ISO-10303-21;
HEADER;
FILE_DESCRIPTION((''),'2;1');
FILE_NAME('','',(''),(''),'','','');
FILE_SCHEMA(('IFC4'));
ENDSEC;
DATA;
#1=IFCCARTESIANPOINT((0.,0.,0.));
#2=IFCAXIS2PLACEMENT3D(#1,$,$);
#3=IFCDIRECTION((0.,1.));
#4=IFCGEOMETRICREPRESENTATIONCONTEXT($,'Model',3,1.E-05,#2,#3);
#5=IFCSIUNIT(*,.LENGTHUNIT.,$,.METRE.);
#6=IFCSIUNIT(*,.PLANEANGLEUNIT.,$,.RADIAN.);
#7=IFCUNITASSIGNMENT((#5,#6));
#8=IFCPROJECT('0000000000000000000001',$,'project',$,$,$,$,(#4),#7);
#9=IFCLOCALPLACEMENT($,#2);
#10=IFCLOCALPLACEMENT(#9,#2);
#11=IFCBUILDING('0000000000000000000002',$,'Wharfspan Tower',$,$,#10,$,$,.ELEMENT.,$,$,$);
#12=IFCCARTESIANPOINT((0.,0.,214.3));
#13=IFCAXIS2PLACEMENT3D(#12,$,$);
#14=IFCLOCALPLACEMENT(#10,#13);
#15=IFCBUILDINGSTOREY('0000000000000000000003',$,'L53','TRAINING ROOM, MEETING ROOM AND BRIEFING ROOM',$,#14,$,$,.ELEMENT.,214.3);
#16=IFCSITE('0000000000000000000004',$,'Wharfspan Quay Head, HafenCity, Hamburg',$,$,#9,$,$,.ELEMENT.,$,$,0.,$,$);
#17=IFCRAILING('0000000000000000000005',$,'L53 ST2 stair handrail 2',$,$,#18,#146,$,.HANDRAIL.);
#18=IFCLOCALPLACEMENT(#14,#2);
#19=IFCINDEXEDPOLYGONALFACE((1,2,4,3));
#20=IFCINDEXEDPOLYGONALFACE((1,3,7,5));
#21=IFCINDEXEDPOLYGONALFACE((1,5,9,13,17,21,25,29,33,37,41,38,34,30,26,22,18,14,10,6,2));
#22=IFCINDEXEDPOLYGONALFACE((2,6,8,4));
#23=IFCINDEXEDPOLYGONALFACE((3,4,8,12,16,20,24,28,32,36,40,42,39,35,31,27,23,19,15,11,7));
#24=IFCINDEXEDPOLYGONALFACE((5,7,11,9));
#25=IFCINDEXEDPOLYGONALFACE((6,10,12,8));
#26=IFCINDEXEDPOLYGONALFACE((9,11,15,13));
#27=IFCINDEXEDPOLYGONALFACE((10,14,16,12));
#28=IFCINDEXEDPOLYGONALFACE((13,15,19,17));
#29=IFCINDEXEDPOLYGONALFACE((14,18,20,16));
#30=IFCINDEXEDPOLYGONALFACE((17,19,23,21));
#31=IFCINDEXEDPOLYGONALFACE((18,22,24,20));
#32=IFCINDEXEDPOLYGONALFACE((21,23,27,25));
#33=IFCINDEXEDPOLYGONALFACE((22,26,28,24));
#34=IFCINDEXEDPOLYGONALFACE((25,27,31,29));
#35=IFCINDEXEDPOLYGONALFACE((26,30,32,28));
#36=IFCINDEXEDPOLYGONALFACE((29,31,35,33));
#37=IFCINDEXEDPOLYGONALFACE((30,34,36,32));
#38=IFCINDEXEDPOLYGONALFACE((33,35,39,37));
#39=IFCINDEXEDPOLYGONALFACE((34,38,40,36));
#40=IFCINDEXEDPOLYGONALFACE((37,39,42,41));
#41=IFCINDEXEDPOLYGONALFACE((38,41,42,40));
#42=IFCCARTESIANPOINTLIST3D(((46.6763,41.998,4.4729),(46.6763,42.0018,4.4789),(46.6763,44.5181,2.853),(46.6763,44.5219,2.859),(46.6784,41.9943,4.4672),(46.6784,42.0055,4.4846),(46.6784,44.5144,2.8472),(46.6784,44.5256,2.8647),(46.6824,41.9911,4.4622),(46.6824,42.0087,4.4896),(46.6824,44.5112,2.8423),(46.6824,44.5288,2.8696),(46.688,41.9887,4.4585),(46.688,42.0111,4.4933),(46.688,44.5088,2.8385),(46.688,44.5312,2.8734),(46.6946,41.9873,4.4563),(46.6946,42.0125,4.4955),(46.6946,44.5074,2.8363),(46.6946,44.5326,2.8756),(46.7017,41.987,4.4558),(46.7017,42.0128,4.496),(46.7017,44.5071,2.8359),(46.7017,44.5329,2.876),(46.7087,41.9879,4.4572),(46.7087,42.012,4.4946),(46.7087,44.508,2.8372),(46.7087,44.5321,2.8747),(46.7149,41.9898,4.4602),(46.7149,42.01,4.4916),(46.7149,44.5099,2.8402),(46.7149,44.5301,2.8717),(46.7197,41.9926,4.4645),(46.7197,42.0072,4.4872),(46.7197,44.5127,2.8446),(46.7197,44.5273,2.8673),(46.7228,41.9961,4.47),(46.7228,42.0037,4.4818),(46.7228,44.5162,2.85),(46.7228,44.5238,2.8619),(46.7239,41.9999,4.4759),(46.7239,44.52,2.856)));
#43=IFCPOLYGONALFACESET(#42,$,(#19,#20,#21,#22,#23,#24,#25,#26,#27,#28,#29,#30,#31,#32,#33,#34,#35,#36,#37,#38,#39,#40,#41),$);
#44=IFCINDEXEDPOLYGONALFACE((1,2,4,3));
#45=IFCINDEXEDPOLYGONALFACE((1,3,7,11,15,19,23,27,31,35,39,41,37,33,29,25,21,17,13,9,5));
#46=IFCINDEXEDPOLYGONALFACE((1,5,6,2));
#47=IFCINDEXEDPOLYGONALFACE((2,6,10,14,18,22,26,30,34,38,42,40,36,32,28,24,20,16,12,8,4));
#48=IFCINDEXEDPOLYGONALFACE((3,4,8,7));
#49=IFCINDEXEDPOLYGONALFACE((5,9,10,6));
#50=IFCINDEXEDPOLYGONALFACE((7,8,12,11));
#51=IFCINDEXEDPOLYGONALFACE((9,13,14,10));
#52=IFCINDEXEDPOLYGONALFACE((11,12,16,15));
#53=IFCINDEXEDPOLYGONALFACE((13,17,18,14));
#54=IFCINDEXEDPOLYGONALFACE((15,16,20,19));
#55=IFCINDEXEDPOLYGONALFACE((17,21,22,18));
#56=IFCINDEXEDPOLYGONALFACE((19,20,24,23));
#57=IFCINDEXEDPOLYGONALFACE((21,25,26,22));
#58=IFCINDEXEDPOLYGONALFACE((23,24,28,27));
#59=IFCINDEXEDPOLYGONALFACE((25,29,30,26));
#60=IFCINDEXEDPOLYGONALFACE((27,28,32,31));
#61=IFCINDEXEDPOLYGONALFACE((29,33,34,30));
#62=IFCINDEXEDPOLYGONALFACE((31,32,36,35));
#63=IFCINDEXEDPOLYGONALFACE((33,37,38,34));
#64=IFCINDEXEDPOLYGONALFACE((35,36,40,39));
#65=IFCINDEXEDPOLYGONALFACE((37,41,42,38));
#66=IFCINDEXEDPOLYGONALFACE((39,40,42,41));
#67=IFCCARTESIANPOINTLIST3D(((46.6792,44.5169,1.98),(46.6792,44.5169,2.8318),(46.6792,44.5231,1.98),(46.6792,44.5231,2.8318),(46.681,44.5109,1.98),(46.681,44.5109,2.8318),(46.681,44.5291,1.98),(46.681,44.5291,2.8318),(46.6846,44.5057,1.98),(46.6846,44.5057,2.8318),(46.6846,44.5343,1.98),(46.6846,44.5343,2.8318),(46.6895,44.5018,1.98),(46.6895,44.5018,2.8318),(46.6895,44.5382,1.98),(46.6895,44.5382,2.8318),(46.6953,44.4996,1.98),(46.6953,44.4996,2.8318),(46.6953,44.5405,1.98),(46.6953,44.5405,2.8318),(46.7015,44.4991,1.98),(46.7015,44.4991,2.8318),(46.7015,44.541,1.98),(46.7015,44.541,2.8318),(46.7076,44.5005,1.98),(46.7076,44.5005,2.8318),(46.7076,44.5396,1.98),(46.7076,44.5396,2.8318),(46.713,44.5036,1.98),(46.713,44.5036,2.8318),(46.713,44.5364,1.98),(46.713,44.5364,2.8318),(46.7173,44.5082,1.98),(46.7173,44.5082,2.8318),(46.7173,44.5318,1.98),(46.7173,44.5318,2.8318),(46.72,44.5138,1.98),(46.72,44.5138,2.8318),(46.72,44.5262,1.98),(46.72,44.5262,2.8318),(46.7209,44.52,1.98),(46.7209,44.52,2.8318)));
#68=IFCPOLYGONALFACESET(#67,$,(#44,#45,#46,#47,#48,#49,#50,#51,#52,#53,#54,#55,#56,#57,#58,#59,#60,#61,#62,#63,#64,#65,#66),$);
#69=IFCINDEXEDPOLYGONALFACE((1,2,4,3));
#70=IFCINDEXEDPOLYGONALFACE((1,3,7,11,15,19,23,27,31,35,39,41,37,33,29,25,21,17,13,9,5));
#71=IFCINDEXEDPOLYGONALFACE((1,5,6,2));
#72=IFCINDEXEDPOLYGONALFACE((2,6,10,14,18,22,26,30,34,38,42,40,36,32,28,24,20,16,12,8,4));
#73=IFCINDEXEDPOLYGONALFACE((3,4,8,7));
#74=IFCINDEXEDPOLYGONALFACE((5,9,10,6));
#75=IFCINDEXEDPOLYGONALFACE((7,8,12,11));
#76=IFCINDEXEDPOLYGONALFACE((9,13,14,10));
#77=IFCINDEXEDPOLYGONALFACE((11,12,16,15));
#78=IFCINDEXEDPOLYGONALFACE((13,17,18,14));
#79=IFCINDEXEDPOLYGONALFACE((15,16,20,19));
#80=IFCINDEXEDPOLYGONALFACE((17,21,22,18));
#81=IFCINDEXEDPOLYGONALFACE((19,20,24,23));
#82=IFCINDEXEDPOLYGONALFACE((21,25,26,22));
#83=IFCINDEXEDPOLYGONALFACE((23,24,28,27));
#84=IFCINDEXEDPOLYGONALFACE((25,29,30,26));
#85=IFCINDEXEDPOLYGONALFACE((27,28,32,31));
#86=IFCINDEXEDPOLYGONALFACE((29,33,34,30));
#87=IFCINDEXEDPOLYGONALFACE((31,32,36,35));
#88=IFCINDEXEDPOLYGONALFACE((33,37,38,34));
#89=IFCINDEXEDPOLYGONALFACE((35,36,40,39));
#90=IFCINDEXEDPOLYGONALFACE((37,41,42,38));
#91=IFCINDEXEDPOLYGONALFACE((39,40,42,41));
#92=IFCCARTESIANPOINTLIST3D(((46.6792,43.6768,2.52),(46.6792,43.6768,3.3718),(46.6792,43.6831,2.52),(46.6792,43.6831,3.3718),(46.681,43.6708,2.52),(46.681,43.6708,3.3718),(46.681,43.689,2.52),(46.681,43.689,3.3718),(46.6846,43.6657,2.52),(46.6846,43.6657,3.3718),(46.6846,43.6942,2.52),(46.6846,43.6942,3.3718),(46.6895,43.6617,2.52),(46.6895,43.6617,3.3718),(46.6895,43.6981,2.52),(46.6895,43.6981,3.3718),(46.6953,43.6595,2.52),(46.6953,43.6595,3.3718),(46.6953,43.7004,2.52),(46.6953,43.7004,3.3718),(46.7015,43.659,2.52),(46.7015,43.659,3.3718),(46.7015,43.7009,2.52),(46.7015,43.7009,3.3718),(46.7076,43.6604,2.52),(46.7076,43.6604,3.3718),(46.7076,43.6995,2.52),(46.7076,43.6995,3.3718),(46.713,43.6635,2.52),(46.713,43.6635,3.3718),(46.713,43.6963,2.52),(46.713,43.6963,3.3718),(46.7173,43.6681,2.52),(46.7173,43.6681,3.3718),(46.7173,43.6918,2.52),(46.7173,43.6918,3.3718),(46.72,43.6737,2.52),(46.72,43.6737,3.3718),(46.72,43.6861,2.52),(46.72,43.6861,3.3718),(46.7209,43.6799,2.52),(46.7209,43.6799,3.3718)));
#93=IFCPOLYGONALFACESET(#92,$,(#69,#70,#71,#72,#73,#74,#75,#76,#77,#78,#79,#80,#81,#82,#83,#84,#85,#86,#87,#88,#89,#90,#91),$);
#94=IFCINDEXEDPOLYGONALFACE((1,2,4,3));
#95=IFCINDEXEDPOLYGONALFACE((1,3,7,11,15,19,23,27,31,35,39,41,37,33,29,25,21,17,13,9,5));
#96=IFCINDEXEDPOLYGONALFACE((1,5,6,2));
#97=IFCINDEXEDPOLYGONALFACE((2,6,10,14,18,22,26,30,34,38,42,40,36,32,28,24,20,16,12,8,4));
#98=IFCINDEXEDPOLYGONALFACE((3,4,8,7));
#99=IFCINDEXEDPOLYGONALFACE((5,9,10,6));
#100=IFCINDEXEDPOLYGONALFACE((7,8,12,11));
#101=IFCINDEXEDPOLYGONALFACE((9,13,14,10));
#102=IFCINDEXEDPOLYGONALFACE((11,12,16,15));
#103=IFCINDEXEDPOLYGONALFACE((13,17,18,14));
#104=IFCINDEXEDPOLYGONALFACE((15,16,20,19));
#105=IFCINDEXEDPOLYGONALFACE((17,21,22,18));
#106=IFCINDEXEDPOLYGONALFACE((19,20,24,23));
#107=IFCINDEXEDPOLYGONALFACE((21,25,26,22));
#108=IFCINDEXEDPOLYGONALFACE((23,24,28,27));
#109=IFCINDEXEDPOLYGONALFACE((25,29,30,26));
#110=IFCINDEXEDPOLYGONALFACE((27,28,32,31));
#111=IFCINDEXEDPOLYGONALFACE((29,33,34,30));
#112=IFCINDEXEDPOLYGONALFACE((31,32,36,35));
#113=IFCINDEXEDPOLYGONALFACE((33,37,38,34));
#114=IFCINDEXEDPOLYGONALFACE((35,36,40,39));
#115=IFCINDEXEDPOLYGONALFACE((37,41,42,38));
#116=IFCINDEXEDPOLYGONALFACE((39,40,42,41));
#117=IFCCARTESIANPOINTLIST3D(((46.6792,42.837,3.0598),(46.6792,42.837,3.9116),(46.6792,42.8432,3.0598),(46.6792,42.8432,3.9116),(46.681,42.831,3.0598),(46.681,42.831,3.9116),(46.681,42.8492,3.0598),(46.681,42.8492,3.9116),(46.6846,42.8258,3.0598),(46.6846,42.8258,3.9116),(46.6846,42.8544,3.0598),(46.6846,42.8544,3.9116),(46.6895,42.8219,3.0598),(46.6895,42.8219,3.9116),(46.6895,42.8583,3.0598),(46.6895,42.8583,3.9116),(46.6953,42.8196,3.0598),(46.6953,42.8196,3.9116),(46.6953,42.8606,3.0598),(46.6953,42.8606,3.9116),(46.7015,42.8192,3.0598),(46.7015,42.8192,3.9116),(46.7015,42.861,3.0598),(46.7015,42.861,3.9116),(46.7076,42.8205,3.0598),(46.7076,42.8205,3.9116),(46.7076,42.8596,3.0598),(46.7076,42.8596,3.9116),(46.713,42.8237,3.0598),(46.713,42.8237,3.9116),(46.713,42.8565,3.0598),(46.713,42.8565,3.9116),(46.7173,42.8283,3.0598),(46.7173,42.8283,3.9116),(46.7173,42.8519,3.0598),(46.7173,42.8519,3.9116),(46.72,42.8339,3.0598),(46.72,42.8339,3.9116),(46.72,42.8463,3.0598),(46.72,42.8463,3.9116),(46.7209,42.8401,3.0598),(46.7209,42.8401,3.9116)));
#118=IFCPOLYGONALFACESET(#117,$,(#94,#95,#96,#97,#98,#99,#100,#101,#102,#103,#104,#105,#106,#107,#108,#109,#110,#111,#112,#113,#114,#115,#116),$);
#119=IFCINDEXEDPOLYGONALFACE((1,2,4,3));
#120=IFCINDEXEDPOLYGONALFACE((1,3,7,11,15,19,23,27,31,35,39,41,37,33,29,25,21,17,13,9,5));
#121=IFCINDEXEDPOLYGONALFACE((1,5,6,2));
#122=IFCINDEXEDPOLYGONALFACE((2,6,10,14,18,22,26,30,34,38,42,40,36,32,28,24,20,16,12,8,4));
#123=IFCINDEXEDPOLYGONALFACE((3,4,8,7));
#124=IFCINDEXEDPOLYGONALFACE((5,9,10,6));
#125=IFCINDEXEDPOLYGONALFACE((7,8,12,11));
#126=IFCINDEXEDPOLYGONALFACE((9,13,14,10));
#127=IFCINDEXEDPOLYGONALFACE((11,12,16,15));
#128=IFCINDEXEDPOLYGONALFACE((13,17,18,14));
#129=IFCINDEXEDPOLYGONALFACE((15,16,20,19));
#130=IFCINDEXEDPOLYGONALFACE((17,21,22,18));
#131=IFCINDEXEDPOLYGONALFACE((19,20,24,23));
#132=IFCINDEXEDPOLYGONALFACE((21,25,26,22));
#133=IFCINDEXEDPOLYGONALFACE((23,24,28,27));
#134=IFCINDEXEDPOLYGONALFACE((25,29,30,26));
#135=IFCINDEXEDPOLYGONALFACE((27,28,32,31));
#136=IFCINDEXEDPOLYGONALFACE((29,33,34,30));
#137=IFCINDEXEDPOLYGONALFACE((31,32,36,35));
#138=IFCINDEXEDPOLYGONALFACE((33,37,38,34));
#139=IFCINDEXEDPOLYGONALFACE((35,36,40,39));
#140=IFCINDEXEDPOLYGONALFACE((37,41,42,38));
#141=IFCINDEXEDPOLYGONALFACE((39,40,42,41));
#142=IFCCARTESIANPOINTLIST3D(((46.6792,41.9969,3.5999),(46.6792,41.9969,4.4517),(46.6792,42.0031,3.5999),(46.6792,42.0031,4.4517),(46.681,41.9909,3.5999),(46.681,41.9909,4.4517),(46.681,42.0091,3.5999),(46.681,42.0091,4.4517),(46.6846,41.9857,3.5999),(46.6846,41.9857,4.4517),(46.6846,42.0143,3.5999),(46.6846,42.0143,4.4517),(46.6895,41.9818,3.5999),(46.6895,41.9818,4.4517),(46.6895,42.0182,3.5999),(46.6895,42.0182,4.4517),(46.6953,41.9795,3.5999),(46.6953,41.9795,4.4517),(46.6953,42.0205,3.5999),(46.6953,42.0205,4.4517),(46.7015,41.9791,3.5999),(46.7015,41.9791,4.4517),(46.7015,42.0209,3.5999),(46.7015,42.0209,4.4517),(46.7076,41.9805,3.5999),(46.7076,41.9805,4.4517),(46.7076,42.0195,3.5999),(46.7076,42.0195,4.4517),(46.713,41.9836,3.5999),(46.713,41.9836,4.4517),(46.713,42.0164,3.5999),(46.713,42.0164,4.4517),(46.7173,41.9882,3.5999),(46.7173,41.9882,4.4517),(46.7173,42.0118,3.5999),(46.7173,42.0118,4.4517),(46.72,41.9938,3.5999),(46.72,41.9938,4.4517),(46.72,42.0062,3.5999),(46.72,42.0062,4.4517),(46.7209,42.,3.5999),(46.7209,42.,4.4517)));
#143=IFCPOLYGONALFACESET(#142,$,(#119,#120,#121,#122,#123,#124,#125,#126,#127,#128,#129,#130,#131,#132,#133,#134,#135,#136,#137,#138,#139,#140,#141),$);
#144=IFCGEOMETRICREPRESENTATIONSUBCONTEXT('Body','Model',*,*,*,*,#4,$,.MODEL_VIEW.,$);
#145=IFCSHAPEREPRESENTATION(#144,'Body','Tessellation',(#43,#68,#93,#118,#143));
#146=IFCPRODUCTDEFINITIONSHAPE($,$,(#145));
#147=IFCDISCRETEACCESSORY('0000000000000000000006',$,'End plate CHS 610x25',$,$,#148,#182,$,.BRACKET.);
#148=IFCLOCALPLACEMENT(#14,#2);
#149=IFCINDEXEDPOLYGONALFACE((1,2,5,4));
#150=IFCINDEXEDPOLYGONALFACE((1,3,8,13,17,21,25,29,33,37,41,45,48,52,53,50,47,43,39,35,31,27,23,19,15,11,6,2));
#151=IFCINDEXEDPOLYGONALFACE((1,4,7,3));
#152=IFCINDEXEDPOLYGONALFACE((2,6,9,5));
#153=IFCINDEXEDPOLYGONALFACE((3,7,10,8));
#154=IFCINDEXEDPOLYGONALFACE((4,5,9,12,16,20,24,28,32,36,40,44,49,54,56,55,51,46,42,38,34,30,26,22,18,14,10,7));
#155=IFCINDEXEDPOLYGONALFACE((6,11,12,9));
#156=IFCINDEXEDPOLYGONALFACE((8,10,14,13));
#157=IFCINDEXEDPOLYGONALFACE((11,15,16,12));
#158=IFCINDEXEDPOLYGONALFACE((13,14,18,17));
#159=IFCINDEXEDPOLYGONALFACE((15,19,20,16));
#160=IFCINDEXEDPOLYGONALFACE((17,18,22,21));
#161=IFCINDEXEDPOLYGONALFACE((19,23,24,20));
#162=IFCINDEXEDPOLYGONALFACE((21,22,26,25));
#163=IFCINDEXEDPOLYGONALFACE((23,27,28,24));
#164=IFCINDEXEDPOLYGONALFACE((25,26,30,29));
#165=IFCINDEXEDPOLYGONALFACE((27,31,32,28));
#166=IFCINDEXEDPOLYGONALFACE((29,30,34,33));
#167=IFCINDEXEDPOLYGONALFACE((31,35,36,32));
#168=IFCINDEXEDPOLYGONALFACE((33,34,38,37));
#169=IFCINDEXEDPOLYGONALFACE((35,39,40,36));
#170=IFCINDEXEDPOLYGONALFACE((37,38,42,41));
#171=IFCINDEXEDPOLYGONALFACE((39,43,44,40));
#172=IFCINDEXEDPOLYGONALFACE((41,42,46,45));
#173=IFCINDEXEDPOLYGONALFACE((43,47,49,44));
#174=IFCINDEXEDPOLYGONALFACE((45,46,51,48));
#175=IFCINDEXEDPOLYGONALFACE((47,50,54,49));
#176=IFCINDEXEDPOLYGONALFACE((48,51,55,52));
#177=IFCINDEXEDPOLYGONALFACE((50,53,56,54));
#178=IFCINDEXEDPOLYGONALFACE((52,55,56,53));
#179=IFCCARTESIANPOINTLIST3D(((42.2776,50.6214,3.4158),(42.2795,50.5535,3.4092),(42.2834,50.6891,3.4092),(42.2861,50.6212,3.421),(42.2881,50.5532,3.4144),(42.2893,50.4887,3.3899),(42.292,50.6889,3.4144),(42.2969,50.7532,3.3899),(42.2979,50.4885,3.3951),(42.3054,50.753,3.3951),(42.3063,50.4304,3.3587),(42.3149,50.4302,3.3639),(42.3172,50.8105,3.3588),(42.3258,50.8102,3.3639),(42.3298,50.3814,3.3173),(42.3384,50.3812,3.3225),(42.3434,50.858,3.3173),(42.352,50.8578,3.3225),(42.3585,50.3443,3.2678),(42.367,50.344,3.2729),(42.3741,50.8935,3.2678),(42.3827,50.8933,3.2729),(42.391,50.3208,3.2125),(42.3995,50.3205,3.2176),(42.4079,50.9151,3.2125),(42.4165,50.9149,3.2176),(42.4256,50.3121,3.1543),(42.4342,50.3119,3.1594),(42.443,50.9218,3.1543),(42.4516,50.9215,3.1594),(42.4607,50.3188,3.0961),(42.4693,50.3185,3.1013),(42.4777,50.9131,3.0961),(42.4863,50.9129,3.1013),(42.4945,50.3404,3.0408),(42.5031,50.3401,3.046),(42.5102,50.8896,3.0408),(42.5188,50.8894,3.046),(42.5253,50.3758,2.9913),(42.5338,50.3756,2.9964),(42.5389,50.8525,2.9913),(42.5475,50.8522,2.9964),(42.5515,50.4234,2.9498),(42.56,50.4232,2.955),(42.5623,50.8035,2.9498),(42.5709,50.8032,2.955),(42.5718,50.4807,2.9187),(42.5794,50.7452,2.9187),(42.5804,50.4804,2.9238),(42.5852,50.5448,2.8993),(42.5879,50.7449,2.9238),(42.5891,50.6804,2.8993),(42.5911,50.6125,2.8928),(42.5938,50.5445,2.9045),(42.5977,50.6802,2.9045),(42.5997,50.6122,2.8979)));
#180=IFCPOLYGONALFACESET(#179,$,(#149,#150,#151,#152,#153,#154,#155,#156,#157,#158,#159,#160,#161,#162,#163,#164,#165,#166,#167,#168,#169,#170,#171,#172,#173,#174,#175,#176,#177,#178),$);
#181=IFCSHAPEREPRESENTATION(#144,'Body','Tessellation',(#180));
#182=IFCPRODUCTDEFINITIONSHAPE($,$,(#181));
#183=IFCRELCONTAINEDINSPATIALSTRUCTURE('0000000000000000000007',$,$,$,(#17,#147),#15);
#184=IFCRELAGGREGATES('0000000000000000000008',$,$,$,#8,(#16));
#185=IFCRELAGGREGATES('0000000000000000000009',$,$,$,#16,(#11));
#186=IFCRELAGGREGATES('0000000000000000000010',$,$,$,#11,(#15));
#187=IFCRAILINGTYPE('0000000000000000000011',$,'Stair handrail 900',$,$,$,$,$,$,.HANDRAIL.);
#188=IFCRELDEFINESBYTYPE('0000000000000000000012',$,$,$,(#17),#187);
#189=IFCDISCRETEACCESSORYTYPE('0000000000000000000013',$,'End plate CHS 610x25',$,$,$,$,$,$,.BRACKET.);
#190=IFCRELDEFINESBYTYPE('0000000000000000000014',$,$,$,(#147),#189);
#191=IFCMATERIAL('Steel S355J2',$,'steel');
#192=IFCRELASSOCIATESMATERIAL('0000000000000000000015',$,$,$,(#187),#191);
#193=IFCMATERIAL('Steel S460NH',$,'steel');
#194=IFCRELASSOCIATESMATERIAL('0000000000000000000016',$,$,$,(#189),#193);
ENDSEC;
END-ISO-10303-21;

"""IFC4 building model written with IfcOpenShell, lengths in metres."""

from ifc_helpers import new_model, si_unit, direction, frame, origin, origin_2d, place, context, subcontext, project, spatial, circle, extrude, material, material_profile, profile_set, type_object, element, save


model = new_model("IFC4")

# Units and contexts
model_context = context("Model", 3, precision=1e-05, world=origin(), true_north=direction((0.0, 1.0)))
body_context = subcontext(model_context, "Body", "Model", "MODEL_VIEW")
ifc_project = project(units=[si_unit("LENGTHUNIT", "METRE"), si_unit("PLANEANGLEUNIT", "RADIAN")], contexts=[model_context])

# Site, building, storey
site_placement = place(None, origin())
site = spatial("IfcSite", under=ifc_project, at=site_placement, Name="Wharfspan Quay Head, HafenCity, Hamburg", CompositionType="ELEMENT", RefElevation=0.0)
building_placement = place(site_placement, origin())
building = spatial("IfcBuilding", under=site, at=building_placement, Name="Wharfspan Tower", CompositionType="ELEMENT")
storey_placement = place(building_placement, frame((0.0, 0.0, 214.3)))
storey = spatial("IfcBuildingStorey", under=building, at=storey_placement, Name="L53", Description="TRAINING ROOM, MEETING ROOM AND BRIEFING ROOM", CompositionType="ELEMENT", Elevation=214.3)

# Shared definitions
ifc_material_1 = material(Name="Steel S355J2", Category="steel")

# Shared definitions
ifc_material_2 = material(Name="Steel S460NH", Category="steel")

# Railing
railing_type_1 = type_object("IfcRailingType", Name="Stair handrail 900", PredefinedType="HANDRAIL", material=ifc_material_1)
railing_1_placement = place(storey_placement, frame((46.7, 44.52, 1.98)))
element("IfcRailing", 1, at=railing_1_placement, inside=storey, type_object=railing_type_1, Name="L53 ST2 stair handrail 2", PredefinedType="HANDRAIL", context=body_context, shape_type="SweptSolid", body=[
    extrude(circle(Radius=0.0239, at=origin_2d()), frame((0.0, 0.0, 0.876), z_axis=(0.0, -0.8412, 0.540725), x_axis=(1.0, 0.0, 0.0)), (0.0, 0.0, 1.0), 2.9958),
    extrude(circle(Radius=0.021, at=origin_2d()), origin(), (0.0, 0.0, 1.0), 0.8518),
    extrude(circle(Radius=0.021, at=origin_2d()), frame((0.0, -0.8401, 0.54)), (0.0, 0.0, 1.0), 0.8518),
    extrude(circle(Radius=0.021, at=origin_2d()), frame((0.0, -1.6799, 1.0798)), (0.0, 0.0, 1.0), 0.8518),
    extrude(circle(Radius=0.021, at=origin_2d()), frame((0.0, -2.52, 1.6199)), (0.0, 0.0, 1.0), 0.8518),
])

# Discrete accessory
ifc_material_profile_1 = material_profile(ifc_material_2, circle(Radius=0.3049, at=origin_2d()))
ifc_profile_set_1 = profile_set([ifc_material_profile_1], Name="Steel S460NH")
discrete_accessory_type = type_object("IfcDiscreteAccessoryType", Name="End plate CHS 610x25", PredefinedType="BRACKET", material=ifc_profile_set_1)
for number, where, z_axis, x_axis, name in (
    (2, (42.4343, 50.6169, 3.1543), (0.857236, -0.024492, 0.514341), (0.028558, 0.999591, 0.000002), "End plate CHS 610x25"),
):
    element("IfcDiscreteAccessory", number, at=place(storey_placement, frame(where, z_axis=z_axis, x_axis=x_axis)), inside=storey, type_object=discrete_accessory_type, Name=name, PredefinedType="BRACKET", context=body_context, shape_type="SweptSolid", body=[
        extrude(circle(Radius=0.3049, at=origin_2d()), origin(), (0.0, 0.0, 1.0), 0.01),
    ])

save(model, "model.ifc")
